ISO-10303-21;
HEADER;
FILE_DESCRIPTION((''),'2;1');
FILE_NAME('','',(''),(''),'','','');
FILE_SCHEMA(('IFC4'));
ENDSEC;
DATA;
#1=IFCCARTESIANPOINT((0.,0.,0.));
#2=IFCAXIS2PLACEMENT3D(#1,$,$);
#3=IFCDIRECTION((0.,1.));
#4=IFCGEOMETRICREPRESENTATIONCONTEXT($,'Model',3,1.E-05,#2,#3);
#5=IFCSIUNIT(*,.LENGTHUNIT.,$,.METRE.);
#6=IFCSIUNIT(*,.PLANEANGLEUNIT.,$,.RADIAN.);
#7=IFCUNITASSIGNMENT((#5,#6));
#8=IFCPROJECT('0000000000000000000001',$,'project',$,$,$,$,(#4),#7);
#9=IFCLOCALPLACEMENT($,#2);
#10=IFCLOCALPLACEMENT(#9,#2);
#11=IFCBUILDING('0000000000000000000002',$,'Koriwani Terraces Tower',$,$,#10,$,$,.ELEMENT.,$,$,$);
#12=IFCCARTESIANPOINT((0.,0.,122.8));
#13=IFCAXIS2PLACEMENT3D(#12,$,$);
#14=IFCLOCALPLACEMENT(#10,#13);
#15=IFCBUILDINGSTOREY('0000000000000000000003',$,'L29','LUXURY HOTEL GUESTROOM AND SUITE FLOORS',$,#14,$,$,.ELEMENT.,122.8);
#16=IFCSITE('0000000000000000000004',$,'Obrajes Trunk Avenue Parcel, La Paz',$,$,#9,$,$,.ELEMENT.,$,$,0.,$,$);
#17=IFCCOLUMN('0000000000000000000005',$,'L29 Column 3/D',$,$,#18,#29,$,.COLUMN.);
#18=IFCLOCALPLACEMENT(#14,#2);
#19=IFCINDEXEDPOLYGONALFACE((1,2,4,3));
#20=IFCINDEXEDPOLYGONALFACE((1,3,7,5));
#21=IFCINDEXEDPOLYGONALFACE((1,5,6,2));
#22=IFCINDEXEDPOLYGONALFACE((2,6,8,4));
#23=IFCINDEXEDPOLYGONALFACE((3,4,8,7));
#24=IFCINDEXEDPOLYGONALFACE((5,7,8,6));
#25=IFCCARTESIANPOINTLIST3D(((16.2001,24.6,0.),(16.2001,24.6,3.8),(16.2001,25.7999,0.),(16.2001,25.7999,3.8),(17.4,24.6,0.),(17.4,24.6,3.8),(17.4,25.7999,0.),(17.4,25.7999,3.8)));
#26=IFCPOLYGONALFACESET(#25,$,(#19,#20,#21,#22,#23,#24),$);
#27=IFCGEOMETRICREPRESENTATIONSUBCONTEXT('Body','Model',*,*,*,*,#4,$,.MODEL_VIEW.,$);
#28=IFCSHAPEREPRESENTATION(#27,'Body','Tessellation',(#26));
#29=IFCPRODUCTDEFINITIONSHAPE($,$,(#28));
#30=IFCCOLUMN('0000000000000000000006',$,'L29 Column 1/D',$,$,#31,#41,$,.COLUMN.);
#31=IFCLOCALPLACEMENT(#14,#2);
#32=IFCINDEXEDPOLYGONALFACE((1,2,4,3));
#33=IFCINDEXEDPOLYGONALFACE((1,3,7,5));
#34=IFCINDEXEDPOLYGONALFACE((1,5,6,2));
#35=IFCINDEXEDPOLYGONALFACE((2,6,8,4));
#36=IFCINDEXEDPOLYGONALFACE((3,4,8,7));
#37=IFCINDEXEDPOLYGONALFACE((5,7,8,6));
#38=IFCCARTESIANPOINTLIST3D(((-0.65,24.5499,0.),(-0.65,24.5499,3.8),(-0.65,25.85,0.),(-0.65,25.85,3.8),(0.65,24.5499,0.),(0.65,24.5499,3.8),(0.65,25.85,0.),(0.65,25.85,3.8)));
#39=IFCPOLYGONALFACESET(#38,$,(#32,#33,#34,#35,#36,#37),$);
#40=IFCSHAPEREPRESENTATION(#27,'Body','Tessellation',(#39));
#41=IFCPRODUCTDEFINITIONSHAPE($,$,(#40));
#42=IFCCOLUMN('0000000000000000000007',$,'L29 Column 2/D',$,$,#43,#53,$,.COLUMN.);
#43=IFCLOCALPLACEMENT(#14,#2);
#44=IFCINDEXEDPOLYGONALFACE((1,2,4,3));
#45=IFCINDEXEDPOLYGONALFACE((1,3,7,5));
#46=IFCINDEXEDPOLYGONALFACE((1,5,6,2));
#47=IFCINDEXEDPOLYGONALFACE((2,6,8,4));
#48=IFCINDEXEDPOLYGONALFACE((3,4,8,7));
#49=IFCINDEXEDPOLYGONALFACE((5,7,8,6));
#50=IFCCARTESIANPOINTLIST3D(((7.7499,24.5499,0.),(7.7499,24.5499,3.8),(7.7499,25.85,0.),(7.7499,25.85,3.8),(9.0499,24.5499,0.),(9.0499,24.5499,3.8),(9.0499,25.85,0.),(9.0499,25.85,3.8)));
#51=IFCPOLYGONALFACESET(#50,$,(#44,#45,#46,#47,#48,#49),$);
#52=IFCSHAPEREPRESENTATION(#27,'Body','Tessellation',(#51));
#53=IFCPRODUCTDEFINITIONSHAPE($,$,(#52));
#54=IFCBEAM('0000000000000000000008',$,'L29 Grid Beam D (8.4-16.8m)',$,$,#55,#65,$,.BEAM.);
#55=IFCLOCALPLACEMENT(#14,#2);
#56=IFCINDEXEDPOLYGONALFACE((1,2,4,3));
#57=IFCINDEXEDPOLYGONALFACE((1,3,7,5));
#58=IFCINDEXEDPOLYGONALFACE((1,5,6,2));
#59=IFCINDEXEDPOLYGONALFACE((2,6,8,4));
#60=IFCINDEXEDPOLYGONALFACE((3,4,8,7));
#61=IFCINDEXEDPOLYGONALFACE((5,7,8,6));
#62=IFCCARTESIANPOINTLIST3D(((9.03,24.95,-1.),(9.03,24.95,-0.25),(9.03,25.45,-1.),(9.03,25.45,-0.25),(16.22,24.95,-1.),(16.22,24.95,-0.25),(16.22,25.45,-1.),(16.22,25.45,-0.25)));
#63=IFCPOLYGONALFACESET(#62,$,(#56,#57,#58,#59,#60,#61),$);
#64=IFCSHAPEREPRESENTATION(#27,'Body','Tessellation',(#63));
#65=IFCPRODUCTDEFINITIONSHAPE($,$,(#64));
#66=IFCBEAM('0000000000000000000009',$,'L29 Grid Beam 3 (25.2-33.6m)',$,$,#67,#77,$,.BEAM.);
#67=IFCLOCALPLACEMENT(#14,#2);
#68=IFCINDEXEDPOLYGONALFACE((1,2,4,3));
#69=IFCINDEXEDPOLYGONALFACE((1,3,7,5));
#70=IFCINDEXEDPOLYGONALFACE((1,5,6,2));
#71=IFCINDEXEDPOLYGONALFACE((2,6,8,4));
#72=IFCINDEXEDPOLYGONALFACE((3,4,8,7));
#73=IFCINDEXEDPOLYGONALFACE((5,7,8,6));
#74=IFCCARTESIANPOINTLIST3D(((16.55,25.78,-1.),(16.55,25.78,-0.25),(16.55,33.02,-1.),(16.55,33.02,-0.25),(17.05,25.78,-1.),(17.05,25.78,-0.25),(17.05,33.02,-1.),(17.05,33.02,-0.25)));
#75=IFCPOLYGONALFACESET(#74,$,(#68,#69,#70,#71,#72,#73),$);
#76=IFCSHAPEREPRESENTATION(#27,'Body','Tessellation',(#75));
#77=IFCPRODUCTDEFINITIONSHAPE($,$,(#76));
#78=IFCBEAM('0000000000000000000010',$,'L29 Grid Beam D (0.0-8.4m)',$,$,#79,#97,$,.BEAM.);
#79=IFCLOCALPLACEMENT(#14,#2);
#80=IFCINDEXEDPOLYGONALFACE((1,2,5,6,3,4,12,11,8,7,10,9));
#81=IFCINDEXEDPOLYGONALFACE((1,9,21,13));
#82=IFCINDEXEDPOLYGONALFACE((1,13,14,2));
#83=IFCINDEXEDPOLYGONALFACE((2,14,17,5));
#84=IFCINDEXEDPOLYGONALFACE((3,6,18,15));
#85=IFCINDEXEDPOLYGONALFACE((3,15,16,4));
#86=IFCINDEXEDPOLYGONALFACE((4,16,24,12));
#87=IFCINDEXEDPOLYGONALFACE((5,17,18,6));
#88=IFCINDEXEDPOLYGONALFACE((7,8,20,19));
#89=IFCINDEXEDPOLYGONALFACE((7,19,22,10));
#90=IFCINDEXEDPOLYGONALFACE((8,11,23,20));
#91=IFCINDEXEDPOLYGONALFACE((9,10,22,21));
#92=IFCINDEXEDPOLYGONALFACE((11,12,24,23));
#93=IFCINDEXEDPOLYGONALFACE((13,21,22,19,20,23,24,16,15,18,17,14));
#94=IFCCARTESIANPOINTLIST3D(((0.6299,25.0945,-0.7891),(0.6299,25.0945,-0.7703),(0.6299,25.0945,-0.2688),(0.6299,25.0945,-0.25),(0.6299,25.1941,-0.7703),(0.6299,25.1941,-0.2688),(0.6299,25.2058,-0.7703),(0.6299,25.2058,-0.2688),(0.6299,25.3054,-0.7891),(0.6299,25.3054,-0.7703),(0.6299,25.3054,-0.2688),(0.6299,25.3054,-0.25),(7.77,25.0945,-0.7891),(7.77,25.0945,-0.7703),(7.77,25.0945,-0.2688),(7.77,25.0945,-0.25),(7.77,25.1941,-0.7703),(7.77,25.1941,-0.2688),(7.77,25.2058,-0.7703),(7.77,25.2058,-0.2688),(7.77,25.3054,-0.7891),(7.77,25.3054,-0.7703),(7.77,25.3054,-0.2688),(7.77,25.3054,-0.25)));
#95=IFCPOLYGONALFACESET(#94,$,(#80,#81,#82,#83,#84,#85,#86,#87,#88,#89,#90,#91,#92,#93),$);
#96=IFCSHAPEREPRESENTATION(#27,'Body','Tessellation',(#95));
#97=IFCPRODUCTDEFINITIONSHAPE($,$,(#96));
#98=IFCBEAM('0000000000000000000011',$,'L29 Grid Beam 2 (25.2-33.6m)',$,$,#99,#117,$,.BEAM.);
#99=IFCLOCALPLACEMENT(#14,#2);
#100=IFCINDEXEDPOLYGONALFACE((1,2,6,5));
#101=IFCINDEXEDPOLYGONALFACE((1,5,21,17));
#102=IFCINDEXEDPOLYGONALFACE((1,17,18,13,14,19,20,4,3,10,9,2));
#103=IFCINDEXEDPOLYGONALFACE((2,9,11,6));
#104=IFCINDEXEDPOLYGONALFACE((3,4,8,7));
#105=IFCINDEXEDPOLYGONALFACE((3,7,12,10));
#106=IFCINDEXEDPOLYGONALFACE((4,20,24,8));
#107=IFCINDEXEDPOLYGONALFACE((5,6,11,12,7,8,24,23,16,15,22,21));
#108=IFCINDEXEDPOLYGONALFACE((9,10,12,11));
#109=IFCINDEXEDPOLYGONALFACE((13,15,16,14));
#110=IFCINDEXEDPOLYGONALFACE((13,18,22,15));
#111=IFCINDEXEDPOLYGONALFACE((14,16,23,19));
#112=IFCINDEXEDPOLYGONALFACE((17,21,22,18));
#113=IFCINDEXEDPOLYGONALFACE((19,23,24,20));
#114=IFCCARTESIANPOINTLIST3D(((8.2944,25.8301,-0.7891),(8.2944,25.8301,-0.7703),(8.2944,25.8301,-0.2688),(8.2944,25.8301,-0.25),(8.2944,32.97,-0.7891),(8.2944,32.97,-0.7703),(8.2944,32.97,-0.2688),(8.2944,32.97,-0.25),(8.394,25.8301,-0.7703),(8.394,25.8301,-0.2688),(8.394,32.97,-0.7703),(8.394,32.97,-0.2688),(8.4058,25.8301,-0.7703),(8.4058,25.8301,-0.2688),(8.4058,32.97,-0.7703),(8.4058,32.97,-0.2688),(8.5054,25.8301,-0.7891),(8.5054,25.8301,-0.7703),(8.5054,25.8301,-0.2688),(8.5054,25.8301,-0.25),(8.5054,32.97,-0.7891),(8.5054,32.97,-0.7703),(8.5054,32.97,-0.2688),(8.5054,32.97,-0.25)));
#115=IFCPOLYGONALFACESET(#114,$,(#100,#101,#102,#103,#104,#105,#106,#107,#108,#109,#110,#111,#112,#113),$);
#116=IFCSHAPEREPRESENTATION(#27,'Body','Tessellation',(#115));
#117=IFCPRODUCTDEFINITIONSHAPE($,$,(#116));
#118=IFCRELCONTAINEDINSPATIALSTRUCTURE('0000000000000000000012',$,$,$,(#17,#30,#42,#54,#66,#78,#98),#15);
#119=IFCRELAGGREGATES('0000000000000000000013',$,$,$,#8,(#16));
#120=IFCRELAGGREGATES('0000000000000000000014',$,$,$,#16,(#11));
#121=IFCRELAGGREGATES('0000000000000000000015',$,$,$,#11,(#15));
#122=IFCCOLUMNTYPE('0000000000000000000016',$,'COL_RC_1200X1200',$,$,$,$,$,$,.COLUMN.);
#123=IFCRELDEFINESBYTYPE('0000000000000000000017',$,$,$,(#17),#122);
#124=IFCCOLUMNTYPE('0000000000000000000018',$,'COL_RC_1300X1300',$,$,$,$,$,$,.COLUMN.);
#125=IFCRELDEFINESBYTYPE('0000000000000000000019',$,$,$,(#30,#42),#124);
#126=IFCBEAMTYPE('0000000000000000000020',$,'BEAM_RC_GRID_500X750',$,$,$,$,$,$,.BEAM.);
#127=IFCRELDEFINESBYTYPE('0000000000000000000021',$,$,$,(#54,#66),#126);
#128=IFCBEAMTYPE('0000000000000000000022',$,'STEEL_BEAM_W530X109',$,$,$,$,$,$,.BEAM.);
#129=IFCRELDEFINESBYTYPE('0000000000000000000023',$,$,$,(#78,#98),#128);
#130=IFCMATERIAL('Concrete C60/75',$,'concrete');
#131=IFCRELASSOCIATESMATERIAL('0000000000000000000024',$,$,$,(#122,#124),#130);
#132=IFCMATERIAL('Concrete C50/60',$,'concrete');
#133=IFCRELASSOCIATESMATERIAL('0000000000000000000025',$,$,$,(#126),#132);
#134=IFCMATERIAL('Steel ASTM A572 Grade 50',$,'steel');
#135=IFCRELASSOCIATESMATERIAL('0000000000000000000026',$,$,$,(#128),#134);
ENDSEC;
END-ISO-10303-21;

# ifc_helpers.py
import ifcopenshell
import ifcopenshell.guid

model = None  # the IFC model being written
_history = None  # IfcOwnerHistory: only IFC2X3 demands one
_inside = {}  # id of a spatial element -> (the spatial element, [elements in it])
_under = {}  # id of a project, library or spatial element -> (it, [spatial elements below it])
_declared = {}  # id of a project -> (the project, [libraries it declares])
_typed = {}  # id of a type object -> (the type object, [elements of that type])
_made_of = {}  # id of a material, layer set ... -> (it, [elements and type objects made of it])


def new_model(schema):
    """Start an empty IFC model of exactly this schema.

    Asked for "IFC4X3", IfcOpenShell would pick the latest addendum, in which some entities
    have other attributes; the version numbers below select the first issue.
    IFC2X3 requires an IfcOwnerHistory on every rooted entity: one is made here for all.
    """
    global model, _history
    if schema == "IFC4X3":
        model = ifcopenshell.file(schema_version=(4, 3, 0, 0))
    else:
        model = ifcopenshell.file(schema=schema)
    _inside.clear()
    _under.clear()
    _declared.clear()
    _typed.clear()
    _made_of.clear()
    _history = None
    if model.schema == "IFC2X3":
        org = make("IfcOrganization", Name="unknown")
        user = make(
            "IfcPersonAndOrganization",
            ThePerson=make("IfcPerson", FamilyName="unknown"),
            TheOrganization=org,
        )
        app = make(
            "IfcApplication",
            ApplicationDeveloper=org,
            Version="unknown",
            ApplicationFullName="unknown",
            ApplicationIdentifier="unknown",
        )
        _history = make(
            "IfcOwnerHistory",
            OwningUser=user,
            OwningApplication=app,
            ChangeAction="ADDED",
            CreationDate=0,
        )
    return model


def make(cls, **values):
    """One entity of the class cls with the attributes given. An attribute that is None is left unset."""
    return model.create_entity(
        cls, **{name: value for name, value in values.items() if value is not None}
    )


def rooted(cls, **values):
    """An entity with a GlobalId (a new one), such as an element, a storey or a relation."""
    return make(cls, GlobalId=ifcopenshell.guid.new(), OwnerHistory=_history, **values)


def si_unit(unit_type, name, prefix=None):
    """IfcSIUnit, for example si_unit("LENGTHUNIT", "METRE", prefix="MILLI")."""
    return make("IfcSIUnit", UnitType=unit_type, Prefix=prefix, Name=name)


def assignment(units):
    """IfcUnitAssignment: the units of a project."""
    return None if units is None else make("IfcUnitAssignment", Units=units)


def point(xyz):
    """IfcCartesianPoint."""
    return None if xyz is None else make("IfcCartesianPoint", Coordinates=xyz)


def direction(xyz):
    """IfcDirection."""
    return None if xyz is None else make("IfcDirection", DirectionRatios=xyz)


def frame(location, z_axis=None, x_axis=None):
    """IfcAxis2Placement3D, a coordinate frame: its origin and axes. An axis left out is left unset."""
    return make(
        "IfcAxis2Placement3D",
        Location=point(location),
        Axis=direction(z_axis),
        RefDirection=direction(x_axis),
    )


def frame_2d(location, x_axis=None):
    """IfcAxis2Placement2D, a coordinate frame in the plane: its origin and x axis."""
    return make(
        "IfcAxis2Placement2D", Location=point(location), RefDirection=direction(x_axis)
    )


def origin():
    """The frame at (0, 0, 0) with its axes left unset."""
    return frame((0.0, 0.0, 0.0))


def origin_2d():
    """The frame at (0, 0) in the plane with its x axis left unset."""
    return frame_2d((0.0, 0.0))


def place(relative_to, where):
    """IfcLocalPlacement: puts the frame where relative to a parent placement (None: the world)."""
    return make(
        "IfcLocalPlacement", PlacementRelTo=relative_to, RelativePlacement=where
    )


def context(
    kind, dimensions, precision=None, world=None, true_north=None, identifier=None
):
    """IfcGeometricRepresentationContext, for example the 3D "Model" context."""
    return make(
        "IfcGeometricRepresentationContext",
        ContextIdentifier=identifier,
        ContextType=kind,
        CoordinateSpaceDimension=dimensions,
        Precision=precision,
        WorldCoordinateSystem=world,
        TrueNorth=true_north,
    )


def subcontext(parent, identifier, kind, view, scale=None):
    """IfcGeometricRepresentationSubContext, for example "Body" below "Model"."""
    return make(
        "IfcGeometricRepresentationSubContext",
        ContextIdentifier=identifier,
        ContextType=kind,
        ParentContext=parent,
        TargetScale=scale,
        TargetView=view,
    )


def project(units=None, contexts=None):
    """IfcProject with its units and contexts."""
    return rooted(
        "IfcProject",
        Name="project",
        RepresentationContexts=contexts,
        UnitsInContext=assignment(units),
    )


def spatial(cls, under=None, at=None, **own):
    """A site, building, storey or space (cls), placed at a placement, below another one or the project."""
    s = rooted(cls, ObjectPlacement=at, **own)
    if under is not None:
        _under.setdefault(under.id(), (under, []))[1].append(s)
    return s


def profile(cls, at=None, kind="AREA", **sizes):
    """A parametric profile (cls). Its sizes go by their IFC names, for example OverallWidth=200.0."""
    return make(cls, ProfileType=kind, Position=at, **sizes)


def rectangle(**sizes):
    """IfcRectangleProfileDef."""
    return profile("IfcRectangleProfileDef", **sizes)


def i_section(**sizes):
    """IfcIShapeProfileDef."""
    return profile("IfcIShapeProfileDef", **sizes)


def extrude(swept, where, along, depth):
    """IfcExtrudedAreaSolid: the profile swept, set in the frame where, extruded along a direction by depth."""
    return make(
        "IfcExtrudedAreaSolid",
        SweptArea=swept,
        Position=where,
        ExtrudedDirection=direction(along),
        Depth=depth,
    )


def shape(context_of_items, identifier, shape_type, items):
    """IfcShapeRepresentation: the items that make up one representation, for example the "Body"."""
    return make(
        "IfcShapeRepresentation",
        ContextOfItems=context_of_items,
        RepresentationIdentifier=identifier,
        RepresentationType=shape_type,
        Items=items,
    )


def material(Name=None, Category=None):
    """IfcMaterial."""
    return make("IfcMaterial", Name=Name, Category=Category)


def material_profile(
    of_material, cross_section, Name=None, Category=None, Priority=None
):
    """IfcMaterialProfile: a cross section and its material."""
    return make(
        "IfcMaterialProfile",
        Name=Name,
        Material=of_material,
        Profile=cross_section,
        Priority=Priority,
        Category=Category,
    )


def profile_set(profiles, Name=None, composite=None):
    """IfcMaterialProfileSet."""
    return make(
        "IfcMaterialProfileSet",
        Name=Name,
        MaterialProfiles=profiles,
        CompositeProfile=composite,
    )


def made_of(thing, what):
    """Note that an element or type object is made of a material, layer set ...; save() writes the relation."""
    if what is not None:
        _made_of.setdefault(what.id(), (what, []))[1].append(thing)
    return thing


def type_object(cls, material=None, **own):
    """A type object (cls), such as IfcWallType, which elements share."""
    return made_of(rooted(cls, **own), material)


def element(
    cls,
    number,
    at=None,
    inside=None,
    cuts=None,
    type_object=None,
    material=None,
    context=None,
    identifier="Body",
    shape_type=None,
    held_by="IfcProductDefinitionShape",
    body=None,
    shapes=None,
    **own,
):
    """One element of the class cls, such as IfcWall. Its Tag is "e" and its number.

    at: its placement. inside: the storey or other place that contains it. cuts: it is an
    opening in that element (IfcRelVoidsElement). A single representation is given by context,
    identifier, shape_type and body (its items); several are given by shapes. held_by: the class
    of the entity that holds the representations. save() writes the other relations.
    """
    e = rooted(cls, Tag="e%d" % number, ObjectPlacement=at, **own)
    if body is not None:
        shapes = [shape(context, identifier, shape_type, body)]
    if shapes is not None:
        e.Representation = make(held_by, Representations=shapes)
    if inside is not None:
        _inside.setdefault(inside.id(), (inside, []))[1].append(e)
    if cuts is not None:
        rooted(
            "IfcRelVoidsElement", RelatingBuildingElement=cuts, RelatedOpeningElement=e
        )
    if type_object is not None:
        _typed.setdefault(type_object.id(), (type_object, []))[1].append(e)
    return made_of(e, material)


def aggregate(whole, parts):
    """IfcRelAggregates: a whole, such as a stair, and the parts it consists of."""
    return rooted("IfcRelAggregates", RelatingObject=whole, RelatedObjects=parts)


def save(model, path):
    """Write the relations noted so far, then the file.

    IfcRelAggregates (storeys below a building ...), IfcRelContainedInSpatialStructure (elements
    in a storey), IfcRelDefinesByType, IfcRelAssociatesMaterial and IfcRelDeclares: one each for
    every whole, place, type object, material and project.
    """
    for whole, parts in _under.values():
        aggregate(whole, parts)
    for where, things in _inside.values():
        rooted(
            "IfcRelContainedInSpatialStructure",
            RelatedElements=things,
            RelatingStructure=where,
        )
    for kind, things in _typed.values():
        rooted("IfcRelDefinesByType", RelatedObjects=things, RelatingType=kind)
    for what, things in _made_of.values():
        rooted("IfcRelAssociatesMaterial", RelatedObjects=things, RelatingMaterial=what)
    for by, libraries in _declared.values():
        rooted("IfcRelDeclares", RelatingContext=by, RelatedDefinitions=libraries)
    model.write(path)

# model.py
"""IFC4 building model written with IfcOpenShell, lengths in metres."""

from ifc_helpers import new_model, si_unit, direction, frame, origin, origin_2d, place, context, subcontext, project, spatial, rectangle, i_section, extrude, material, material_profile, profile_set, type_object, element, save


model = new_model("IFC4")

# Units and contexts
model_context = context("Model", 3, precision=1e-05, world=origin(), true_north=direction((0.0, 1.0)))
body_context = subcontext(model_context, "Body", "Model", "MODEL_VIEW")
ifc_project = project(units=[si_unit("LENGTHUNIT", "METRE"), si_unit("PLANEANGLEUNIT", "RADIAN")], contexts=[model_context])

# Site, building, storey
site_placement = place(None, origin())
site = spatial("IfcSite", under=ifc_project, at=site_placement, Name="Obrajes Trunk Avenue Parcel, La Paz", CompositionType="ELEMENT", RefElevation=0.0)
building_placement = place(site_placement, origin())
building = spatial("IfcBuilding", under=site, at=building_placement, Name="Koriwani Terraces Tower", CompositionType="ELEMENT")
storey_placement = place(building_placement, frame((0.0, 0.0, 122.8)))
storey = spatial("IfcBuildingStorey", under=building, at=storey_placement, Name="L29", Description="LUXURY HOTEL GUESTROOM AND SUITE FLOORS", CompositionType="ELEMENT", Elevation=122.8)

# Columns
ifc_material_1 = material(Name="Concrete C60/75", Category="concrete")
ifc_material_profile_1 = material_profile(ifc_material_1, rectangle(XDim=1.2, YDim=1.2, at=origin_2d()), Name="Concrete C60/75", Category="LoadBearing")
ifc_profile_set_1 = profile_set([ifc_material_profile_1], Name="Concrete C60/75")
column_type_1 = type_object("IfcColumnType", Name="COL_RC_1200X1200", PredefinedType="COLUMN", material=ifc_profile_set_1)
column_placement = place(storey_placement, frame((16.8, 25.2, 0.0), z_axis=(0.0, 0.0, 1.0), x_axis=(1.0, 0.0, 0.0)))
element("IfcColumn", 1, at=column_placement, inside=storey, type_object=column_type_1, Name="L29 Column 3/D", PredefinedType="COLUMN", context=body_context, shape_type="SweptSolid", body=[
    extrude(rectangle(XDim=1.2, YDim=1.2, at=origin_2d()), origin(), (0.0, 0.0, 1.0), 3.8),
])
ifc_material_profile_2 = material_profile(ifc_material_1, rectangle(XDim=1.3, YDim=1.3, at=origin_2d()), Name="Concrete C60/75", Category="LoadBearing")
ifc_profile_set_2 = profile_set([ifc_material_profile_2], Name="Concrete C60/75")
column_type_2 = type_object("IfcColumnType", Name="COL_RC_1300X1300", PredefinedType="COLUMN", material=ifc_profile_set_2)
for number, where, z_axis, x_axis, name in (
    (2, (0.0, 25.2, 0.0), (0.0, 0.0, 1.0), (1.0, 0.0, 0.0), "L29 Column 1/D"),
    (3, (8.3999, 25.2, 0.0), (0.0, 0.0, 1.0), (1.0, 0.0, 0.0), "L29 Column 2/D"),
):
    element("IfcColumn", number, at=place(storey_placement, frame(where, z_axis=z_axis, x_axis=x_axis)), inside=storey, type_object=column_type_2, Name=name, PredefinedType="COLUMN", context=body_context, shape_type="SweptSolid", body=[
        extrude(rectangle(XDim=1.3, YDim=1.3, at=origin_2d()), origin(), (0.0, 0.0, 1.0), 3.8),
    ])

# Beams
ifc_material_2 = material(Name="Concrete C50/60", Category="concrete")
ifc_material_profile_3 = material_profile(ifc_material_2, rectangle(XDim=0.5, YDim=0.75, at=origin_2d()), Name="Concrete C50/60", Category="LoadBearing")
ifc_profile_set_3 = profile_set([ifc_material_profile_3], Name="Concrete C50/60")
beam_type_1 = type_object("IfcBeamType", Name="BEAM_RC_GRID_500X750", PredefinedType="BEAM", material=ifc_profile_set_3)
beam_1_placement = place(storey_placement, frame((9.03, 25.2, -0.625), z_axis=(1.0, 0.0, 0.0), x_axis=(0.0, 1.0, 0.0)))
element("IfcBeam", 4, at=beam_1_placement, inside=storey, type_object=beam_type_1, Name="L29 Grid Beam D (8.4-16.8m)", PredefinedType="BEAM", context=body_context, shape_type="SweptSolid", body=[
    extrude(rectangle(XDim=0.5, YDim=0.75, at=origin_2d()), origin(), (0.0, 0.0, 1.0), 7.1899),
])
beam_2_placement = place(storey_placement, frame((16.8, 25.78, -0.625), z_axis=(0.0, 1.0, 0.0), x_axis=(-1.0, 0.0, 0.0)))
element("IfcBeam", 5, at=beam_2_placement, inside=storey, type_object=beam_type_1, Name="L29 Grid Beam 3 (25.2-33.6m)", PredefinedType="BEAM", context=body_context, shape_type="SweptSolid", body=[
    extrude(rectangle(XDim=0.5, YDim=0.75, at=origin_2d()), origin(), (0.0, 0.0, 1.0), 7.24),
])
ifc_material_3 = material(Name="Steel ASTM A572 Grade 50", Category="steel")
ifc_material_profile_4 = material_profile(ifc_material_3, i_section(OverallWidth=0.2109, OverallDepth=0.5391, WebThickness=0.0117, FlangeThickness=0.0188, at=origin_2d()), Name="Steel ASTM A572 Grade 50", Category="LoadBearing")
ifc_profile_set_4 = profile_set([ifc_material_profile_4], Name="Steel ASTM A572 Grade 50")
beam_type_2 = type_object("IfcBeamType", Name="STEEL_BEAM_W530X109", PredefinedType="BEAM", material=ifc_profile_set_4)
beam_3_placement = place(storey_placement, frame((0.6299, 25.2, -0.5195), z_axis=(1.0, 0.0, 0.0), x_axis=(0.0, 1.0, 0.0)))
element("IfcBeam", 6, at=beam_3_placement, inside=storey, type_object=beam_type_2, Name="L29 Grid Beam D (0.0-8.4m)", PredefinedType="BEAM", context=body_context, shape_type="SweptSolid", body=[
    extrude(i_section(OverallWidth=0.2109, OverallDepth=0.5391, WebThickness=0.0117, FlangeThickness=0.0188, at=origin_2d()), origin(), (0.0, 0.0, 1.0), 7.1401),
])
beam_4_placement = place(storey_placement, frame((8.3999, 25.8301, -0.5195), z_axis=(0.0, 1.0, 0.0), x_axis=(-1.0, 0.0, 0.0)))
element("IfcBeam", 7, at=beam_4_placement, inside=storey, type_object=beam_type_2, Name="L29 Grid Beam 2 (25.2-33.6m)", PredefinedType="BEAM", context=body_context, shape_type="SweptSolid", body=[
    extrude(i_section(OverallWidth=0.2109, OverallDepth=0.5391, WebThickness=0.0117, FlangeThickness=0.0188, at=origin_2d()), origin(), (0.0, 0.0, 1.0), 7.1399),
])

save(model, "model.ifc")
